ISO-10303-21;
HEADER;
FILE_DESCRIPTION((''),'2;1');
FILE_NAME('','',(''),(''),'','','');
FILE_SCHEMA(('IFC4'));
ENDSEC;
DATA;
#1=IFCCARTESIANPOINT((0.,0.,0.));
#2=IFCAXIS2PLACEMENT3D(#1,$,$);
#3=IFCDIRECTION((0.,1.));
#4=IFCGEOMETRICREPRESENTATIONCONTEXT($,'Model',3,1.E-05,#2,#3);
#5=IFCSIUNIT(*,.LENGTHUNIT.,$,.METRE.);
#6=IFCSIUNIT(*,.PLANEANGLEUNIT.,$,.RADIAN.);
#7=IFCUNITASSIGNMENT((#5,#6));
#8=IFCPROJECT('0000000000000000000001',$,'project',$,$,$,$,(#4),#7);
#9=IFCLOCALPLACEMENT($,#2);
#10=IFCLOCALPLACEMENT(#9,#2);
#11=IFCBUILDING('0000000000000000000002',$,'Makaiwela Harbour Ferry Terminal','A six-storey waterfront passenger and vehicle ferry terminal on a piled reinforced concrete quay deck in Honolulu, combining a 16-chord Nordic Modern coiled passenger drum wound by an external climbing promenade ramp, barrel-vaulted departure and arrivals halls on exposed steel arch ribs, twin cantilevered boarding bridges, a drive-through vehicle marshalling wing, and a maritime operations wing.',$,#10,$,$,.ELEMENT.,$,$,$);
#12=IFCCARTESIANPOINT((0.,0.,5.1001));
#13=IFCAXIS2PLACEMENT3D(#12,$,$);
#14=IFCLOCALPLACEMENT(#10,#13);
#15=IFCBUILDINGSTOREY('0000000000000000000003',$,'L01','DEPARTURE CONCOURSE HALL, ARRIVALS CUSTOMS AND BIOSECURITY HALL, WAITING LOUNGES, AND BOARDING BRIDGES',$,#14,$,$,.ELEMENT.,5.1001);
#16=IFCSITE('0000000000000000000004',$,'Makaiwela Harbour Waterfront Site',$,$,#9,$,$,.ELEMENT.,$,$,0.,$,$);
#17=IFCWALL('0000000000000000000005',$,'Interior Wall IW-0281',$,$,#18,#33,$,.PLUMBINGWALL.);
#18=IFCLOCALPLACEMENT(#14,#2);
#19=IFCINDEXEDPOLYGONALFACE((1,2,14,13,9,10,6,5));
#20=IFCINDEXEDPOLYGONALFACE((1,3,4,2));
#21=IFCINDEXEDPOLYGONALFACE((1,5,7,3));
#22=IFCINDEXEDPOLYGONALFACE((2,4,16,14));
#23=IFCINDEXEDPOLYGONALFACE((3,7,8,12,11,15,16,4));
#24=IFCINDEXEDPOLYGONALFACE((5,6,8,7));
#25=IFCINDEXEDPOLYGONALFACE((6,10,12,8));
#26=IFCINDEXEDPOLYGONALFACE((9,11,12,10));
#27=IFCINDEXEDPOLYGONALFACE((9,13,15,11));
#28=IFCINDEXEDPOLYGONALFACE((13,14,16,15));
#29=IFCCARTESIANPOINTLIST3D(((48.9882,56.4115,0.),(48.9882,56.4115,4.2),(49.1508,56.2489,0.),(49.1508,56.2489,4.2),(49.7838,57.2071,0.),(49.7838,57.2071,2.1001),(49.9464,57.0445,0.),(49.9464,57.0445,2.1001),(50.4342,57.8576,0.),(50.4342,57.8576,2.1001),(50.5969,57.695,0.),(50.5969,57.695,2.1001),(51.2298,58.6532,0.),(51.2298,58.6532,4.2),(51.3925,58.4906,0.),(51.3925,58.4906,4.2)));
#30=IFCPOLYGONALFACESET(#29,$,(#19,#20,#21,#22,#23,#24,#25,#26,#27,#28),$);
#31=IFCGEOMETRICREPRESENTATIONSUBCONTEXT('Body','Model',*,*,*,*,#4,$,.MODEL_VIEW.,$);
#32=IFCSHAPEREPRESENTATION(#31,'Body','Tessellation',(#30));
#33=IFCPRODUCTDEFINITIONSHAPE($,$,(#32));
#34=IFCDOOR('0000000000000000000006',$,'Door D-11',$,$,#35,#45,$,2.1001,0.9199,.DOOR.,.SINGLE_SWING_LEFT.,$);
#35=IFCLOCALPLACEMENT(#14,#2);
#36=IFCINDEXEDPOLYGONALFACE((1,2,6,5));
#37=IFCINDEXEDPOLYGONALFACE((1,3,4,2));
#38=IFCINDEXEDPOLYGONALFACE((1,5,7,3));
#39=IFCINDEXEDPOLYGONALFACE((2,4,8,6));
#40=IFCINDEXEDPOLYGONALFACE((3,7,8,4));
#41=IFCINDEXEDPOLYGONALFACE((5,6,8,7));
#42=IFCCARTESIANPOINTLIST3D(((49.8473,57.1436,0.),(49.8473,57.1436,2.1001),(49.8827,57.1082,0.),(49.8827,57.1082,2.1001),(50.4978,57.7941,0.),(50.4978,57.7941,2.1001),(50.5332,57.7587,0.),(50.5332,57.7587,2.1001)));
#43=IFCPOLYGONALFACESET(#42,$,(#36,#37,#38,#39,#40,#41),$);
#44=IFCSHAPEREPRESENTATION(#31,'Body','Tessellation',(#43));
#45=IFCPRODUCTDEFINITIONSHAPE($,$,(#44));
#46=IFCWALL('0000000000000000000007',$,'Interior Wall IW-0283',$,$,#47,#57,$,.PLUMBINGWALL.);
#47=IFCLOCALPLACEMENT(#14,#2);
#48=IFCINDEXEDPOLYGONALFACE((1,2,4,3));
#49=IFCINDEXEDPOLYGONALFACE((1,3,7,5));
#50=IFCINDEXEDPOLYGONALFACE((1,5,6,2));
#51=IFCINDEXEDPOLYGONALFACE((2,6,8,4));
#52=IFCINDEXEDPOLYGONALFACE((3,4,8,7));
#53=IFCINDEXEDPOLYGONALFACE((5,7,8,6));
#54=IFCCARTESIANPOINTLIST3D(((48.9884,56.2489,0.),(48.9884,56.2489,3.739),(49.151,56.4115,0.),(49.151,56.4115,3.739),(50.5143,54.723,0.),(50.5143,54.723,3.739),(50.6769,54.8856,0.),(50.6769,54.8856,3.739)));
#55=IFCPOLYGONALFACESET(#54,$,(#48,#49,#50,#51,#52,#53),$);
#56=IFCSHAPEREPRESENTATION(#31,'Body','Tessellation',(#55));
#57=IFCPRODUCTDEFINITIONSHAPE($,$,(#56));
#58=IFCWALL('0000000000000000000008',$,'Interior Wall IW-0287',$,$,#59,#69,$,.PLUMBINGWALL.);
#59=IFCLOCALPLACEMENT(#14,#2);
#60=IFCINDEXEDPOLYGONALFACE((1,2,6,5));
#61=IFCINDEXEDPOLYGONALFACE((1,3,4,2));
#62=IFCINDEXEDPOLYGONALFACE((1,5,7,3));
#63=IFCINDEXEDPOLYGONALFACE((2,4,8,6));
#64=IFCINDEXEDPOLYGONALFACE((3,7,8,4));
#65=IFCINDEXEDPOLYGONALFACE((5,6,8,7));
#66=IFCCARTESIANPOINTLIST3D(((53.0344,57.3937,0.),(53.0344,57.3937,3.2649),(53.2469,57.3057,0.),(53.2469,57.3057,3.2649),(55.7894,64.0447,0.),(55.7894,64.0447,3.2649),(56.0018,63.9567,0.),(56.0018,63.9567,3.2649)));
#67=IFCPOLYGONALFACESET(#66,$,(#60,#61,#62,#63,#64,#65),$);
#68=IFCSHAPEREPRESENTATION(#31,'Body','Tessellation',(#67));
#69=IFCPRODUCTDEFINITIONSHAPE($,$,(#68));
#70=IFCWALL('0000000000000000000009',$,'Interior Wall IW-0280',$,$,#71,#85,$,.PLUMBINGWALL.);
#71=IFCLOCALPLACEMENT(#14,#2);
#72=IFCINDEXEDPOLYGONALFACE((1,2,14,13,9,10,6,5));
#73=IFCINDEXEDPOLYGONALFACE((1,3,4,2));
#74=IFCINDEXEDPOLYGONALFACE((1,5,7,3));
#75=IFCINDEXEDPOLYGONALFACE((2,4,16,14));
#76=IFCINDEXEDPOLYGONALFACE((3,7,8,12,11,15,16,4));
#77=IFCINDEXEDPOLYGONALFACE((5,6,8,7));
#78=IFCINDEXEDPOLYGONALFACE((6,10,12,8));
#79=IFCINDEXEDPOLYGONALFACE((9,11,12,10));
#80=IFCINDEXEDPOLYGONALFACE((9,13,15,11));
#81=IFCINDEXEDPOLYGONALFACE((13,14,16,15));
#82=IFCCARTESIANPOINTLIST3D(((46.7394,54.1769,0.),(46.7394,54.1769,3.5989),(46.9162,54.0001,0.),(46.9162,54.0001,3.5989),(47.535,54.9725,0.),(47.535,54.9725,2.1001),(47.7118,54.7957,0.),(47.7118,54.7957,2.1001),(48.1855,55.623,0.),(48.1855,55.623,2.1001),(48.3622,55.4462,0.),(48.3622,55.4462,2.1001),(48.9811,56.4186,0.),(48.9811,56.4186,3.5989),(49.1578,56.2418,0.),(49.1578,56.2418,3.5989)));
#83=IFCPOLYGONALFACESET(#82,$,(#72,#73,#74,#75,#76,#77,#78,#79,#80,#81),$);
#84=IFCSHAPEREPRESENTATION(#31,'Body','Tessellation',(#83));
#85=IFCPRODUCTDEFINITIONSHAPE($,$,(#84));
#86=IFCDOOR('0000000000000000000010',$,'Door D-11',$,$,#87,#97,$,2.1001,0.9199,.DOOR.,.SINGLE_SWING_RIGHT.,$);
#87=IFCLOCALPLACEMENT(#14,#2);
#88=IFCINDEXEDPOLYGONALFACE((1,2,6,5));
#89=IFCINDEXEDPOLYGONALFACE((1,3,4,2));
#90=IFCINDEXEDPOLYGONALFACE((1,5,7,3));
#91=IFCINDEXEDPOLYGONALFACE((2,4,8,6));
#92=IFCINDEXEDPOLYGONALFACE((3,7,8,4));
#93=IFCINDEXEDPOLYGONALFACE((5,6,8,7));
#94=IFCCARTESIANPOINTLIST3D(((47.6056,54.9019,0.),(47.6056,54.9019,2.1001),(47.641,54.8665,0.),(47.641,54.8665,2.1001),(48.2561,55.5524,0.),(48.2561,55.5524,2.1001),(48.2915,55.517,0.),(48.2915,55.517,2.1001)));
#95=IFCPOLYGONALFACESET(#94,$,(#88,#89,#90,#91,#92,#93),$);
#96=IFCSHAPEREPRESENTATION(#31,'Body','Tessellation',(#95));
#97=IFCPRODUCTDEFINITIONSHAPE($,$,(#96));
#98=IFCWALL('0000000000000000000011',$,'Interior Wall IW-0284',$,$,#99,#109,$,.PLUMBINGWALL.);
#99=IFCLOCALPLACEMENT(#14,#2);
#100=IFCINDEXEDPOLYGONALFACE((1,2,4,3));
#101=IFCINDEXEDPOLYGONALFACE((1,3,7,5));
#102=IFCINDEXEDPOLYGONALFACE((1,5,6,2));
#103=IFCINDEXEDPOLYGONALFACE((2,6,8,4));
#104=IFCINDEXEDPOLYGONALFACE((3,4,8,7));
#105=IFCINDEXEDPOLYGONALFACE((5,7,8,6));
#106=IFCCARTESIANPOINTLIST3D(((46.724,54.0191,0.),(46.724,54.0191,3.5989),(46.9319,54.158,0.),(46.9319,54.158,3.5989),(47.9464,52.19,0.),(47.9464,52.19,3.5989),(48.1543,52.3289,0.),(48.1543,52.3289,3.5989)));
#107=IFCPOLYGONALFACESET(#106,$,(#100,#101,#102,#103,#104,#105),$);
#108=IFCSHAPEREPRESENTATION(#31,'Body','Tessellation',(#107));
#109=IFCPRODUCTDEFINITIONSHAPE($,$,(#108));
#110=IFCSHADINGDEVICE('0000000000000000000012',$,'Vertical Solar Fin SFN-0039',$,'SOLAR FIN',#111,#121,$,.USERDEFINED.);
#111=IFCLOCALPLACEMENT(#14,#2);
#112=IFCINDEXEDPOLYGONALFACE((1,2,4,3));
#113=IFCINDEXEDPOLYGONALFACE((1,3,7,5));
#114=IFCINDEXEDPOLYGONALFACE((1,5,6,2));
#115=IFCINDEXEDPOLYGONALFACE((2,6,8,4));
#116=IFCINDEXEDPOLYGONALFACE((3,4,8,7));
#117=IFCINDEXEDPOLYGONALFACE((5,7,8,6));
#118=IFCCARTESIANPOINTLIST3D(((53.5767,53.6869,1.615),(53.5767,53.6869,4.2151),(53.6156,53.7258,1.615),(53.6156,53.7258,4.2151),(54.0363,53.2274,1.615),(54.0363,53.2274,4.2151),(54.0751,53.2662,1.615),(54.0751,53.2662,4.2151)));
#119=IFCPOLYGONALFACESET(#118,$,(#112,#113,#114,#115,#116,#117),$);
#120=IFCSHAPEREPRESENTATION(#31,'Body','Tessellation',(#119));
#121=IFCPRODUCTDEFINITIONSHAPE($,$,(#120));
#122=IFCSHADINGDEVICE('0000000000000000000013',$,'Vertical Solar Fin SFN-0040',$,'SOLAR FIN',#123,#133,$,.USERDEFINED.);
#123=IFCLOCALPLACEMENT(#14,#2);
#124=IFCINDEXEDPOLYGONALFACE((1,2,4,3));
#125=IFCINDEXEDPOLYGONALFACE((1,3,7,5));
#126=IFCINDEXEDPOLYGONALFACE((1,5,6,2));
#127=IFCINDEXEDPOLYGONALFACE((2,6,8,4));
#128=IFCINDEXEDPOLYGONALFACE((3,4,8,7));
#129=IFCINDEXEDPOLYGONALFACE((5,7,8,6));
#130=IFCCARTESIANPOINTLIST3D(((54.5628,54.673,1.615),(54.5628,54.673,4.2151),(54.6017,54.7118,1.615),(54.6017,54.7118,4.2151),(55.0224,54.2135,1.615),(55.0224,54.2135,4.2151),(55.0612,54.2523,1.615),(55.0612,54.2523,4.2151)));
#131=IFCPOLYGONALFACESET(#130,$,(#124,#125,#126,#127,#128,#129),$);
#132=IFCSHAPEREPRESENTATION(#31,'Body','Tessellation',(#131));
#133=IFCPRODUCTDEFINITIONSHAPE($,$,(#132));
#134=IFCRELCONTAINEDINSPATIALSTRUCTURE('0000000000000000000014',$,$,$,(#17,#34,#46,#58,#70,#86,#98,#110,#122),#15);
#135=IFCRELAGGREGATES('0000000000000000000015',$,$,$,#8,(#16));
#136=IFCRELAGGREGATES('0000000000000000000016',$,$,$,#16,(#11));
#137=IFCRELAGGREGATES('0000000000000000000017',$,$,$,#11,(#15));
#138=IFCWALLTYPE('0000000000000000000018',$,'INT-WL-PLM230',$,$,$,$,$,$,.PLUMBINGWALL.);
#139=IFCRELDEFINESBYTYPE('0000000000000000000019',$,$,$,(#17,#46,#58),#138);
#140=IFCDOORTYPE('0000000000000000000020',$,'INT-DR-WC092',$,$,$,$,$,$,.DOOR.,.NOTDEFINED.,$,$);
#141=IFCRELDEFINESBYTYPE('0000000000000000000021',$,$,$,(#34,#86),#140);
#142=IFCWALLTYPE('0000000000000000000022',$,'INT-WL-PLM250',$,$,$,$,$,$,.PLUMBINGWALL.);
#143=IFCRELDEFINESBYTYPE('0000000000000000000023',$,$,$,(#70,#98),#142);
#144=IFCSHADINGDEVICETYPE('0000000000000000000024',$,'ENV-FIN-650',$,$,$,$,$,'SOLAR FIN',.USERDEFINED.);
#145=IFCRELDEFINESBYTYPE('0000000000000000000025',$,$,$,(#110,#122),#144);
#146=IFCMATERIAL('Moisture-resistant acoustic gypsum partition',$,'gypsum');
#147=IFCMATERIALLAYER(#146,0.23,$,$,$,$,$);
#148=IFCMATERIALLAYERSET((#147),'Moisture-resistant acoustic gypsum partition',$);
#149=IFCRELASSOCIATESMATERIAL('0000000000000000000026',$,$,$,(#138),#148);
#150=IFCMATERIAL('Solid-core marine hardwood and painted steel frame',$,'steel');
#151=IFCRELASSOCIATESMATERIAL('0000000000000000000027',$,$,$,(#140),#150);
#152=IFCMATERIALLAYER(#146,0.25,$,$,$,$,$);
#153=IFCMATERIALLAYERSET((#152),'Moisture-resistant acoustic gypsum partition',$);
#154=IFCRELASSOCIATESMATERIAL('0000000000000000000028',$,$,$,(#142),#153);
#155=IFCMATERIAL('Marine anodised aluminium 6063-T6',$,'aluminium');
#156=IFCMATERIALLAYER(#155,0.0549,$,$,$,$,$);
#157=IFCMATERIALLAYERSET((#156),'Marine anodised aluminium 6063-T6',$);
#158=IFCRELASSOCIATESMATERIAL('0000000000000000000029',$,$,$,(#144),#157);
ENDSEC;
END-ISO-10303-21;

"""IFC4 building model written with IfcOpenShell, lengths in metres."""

from ifc_helpers import new_model, si_unit, direction, frame, frame_2d, origin, origin_2d, place, context, subcontext, project, spatial, rectangle, extrude, material, layer, layer_set, type_object, element, fill, save


model = new_model("IFC4")

# Units and contexts
model_context = context("Model", 3, precision=1e-05, world=origin(), true_north=direction((0.0, 1.0)))
body_context = subcontext(model_context, "Body", "Model", "MODEL_VIEW")
ifc_project = project(units=[si_unit("LENGTHUNIT", "METRE"), si_unit("PLANEANGLEUNIT", "RADIAN")], contexts=[model_context])

# Site, building, storey
site_placement = place(None, origin())
site = spatial("IfcSite", under=ifc_project, at=site_placement, Name="Makaiwela Harbour Waterfront Site", CompositionType="ELEMENT", RefElevation=0.0)
building_placement = place(site_placement, origin())
building = spatial("IfcBuilding", under=site, at=building_placement, Name="Makaiwela Harbour Ferry Terminal", Description="A six-storey waterfront passenger and vehicle ferry terminal on a piled reinforced concrete quay deck in Honolulu, combining a 16-chord Nordic Modern coiled passenger drum wound by an external climbing promenade ramp, barrel-vaulted departure and arrivals halls on exposed steel arch ribs, twin cantilevered boarding bridges, a drive-through vehicle marshalling wing, and a maritime operations wing.", CompositionType="ELEMENT")
storey_placement = place(building_placement, frame((0.0, 0.0, 5.1001)))
storey = spatial("IfcBuildingStorey", under=building, at=storey_placement, Name="L01", Description="DEPARTURE CONCOURSE HALL, ARRIVALS CUSTOMS AND BIOSECURITY HALL, WAITING LOUNGES, AND BOARDING BRIDGES", CompositionType="ELEMENT", Elevation=5.1001)

# Shared definitions
ifc_material_1 = material(Name="Marine anodised aluminium 6063-T6", Category="aluminium")

# Wall, opening, door
ifc_material_2 = material(Name="Moisture-resistant acoustic gypsum partition", Category="gypsum")
ifc_layer_1 = layer(ifc_material_2, 0.23)
ifc_layer_set_1 = layer_set([ifc_layer_1], Name="Moisture-resistant acoustic gypsum partition")
wall_type_1 = type_object("IfcWallType", Name="INT-WL-PLM230", PredefinedType="PLUMBINGWALL", material=ifc_layer_set_1)
wall_1_placement = place(storey_placement, frame((49.0696, 56.3303, 0.0), z_axis=(0.0, 0.0, 1.0), x_axis=(0.707107, 0.707107, 0.0)))
wall_1 = element("IfcWall", 1, at=wall_1_placement, inside=storey, type_object=wall_type_1, Name="Interior Wall IW-0281", PredefinedType="PLUMBINGWALL", context=body_context, shape_type="SweptSolid", body=[
    extrude(rectangle(XDim=3.1702, YDim=0.23, at=frame_2d((1.585, 0.0))), origin(), (0.0, 0.0, 1.0), 4.2),
])
opening_1_placement = place(wall_1_placement, frame((1.125, 0.0, 0.0)))
opening_1 = element("IfcOpeningElement", 2, at=opening_1_placement, cuts=wall_1, PredefinedType="OPENING", context=body_context, shape_type="SweptSolid", body=[
    extrude(rectangle(XDim=0.9199, YDim=2.1001, at=frame_2d((0.46, 1.05))), frame((0.0, 0.125, 0.0), z_axis=(0.0, -1.0, 0.0), x_axis=(1.0, 0.0, 0.0)), (0.0, 0.0, 1.0), 0.25),
])
ifc_material_3 = material(Name="Solid-core marine hardwood and painted steel frame", Category="steel")
door_type = type_object("IfcDoorType", Name="INT-DR-WC092", OperationType="NOTDEFINED", PredefinedType="DOOR", material=ifc_material_3)
door_1_placement = place(opening_1_placement, frame((0.9199, 0.0, 0.0), z_axis=(0.0, 0.0, 1.0), x_axis=(-1.0, 0.0, 0.0)))
door_1 = element("IfcDoor", 3, at=door_1_placement, inside=storey, type_object=door_type, Name="Door D-11", OperationType="SINGLE_SWING_LEFT", OverallHeight=2.1001, OverallWidth=0.9199, PredefinedType="DOOR", context=body_context, shape_type="SweptSolid", body=[
    extrude(rectangle(XDim=0.9199, YDim=2.1001, at=frame_2d((0.46, 1.05))), frame((0.0, 0.0249, 0.0), z_axis=(0.0, -1.0, 0.0), x_axis=(1.0, 0.0, 0.0)), (0.0, 0.0, 1.0), 0.05),
])
fill(opening_1, door_1)

# Walls
wall_2_placement = place(storey_placement, frame((49.0696, 56.3303, 0.0), z_axis=(0.0, 0.0, 1.0), x_axis=(0.707107, -0.707107, 0.0)))
element("IfcWall", 4, at=wall_2_placement, inside=storey, type_object=wall_type_1, Name="Interior Wall IW-0283", PredefinedType="PLUMBINGWALL", context=body_context, shape_type="SweptSolid", body=[
    extrude(rectangle(XDim=2.158, YDim=0.23, at=frame_2d((1.0791, 0.0))), origin(), (0.0, 0.0, 1.0), 3.739),
])
wall_3_placement = place(storey_placement, frame((53.1406, 57.3496, 0.0), z_axis=(0.0, 0.0, 1.0), x_axis=(0.382683, 0.92388, 0.0)))
element("IfcWall", 5, at=wall_3_placement, inside=storey, type_object=wall_type_1, Name="Interior Wall IW-0287", PredefinedType="PLUMBINGWALL", context=body_context, shape_type="SweptSolid", body=[
    extrude(rectangle(XDim=7.199, YDim=0.23, at=frame_2d((3.5996, 0.0))), origin(), (0.0, 0.0, 1.0), 3.2649),
])

# Wall, opening, door
ifc_layer_2 = layer(ifc_material_2, 0.25)
ifc_layer_set_2 = layer_set([ifc_layer_2], Name="Moisture-resistant acoustic gypsum partition")
wall_type_2 = type_object("IfcWallType", Name="INT-WL-PLM250", PredefinedType="PLUMBINGWALL", material=ifc_layer_set_2)
wall_4_placement = place(storey_placement, frame((46.8279, 54.0886, 0.0), z_axis=(0.0, 0.0, 1.0), x_axis=(0.707107, 0.707107, 0.0)))
wall_4 = element("IfcWall", 6, at=wall_4_placement, inside=storey, type_object=wall_type_2, Name="Interior Wall IW-0280", PredefinedType="PLUMBINGWALL", context=body_context, shape_type="SweptSolid", body=[
    extrude(rectangle(XDim=3.1702, YDim=0.25, at=frame_2d((1.585, 0.0))), origin(), (0.0, 0.0, 1.0), 3.5989),
])
opening_2_placement = place(wall_4_placement, frame((1.125, 0.0, 0.0)))
opening_2 = element("IfcOpeningElement", 7, at=opening_2_placement, cuts=wall_4, PredefinedType="OPENING", context=body_context, shape_type="SweptSolid", body=[
    extrude(rectangle(XDim=0.9199, YDim=2.1001, at=frame_2d((0.46, 1.05))), frame((0.0, 0.135, 0.0), z_axis=(0.0, -1.0, 0.0), x_axis=(1.0, 0.0, 0.0)), (0.0, 0.0, 1.0), 0.27),
])
door_2_placement = place(opening_2_placement, frame((0.9199, 0.0, 0.0), z_axis=(0.0, 0.0, 1.0), x_axis=(-1.0, 0.0, 0.0)))
door_2 = element("IfcDoor", 8, at=door_2_placement, inside=storey, type_object=door_type, Name="Door D-11", OperationType="SINGLE_SWING_RIGHT", OverallHeight=2.1001, OverallWidth=0.9199, PredefinedType="DOOR", context=body_context, shape_type="SweptSolid", body=[
    extrude(rectangle(XDim=0.9199, YDim=2.1001, at=frame_2d((0.46, 1.05))), frame((0.0, 0.0249, 0.0), z_axis=(0.0, -1.0, 0.0), x_axis=(1.0, 0.0, 0.0)), (0.0, 0.0, 1.0), 0.05),
])
fill(opening_2, door_2)

# Wall
wall_5_placement = place(storey_placement, frame((46.8279, 54.0886, 0.0), z_axis=(0.0, 0.0, 1.0), x_axis=(0.555647, -0.831418, 0.0)))
element("IfcWall", 9, at=wall_5_placement, inside=storey, type_object=wall_type_2, Name="Interior Wall IW-0284", PredefinedType="PLUMBINGWALL", context=body_context, shape_type="SweptSolid", body=[
    extrude(rectangle(XDim=2.2, YDim=0.25, at=frame_2d((1.1001, 0.0))), origin(), (0.0, 0.0, 1.0), 3.5989),
])

# Shading devices
ifc_layer_3 = layer(ifc_material_1, 0.0549)
ifc_layer_set_3 = layer_set([ifc_layer_3], Name="Marine anodised aluminium 6063-T6")
shading_device_type = type_object("IfcShadingDeviceType", Name="ENV-FIN-650", ElementType="SOLAR FIN", PredefinedType="USERDEFINED", material=ifc_layer_set_3)
for number, where, z_axis, x_axis, name in (
    (10, (53.8259, 53.4766, 1.615), (0.0, 0.0, 1.0), (0.707107, -0.707107, 0.0), "Vertical Solar Fin SFN-0039"),
    (11, (54.812, 54.4626, 1.615), (0.0, 0.0, 1.0), (0.707107, -0.707107, 0.0), "Vertical Solar Fin SFN-0040"),
):
    element("IfcShadingDevice", number, at=place(storey_placement, frame(where, z_axis=z_axis, x_axis=x_axis)), inside=storey, type_object=shading_device_type, Name=name, ObjectType="SOLAR FIN", PredefinedType="USERDEFINED", context=body_context, shape_type="SweptSolid", body=[
        extrude(rectangle(XDim=0.6499, YDim=0.0549, at=origin_2d()), origin(), (0.0, 0.0, 1.0), 2.6001),
    ])

save(model, "model.ifc")
